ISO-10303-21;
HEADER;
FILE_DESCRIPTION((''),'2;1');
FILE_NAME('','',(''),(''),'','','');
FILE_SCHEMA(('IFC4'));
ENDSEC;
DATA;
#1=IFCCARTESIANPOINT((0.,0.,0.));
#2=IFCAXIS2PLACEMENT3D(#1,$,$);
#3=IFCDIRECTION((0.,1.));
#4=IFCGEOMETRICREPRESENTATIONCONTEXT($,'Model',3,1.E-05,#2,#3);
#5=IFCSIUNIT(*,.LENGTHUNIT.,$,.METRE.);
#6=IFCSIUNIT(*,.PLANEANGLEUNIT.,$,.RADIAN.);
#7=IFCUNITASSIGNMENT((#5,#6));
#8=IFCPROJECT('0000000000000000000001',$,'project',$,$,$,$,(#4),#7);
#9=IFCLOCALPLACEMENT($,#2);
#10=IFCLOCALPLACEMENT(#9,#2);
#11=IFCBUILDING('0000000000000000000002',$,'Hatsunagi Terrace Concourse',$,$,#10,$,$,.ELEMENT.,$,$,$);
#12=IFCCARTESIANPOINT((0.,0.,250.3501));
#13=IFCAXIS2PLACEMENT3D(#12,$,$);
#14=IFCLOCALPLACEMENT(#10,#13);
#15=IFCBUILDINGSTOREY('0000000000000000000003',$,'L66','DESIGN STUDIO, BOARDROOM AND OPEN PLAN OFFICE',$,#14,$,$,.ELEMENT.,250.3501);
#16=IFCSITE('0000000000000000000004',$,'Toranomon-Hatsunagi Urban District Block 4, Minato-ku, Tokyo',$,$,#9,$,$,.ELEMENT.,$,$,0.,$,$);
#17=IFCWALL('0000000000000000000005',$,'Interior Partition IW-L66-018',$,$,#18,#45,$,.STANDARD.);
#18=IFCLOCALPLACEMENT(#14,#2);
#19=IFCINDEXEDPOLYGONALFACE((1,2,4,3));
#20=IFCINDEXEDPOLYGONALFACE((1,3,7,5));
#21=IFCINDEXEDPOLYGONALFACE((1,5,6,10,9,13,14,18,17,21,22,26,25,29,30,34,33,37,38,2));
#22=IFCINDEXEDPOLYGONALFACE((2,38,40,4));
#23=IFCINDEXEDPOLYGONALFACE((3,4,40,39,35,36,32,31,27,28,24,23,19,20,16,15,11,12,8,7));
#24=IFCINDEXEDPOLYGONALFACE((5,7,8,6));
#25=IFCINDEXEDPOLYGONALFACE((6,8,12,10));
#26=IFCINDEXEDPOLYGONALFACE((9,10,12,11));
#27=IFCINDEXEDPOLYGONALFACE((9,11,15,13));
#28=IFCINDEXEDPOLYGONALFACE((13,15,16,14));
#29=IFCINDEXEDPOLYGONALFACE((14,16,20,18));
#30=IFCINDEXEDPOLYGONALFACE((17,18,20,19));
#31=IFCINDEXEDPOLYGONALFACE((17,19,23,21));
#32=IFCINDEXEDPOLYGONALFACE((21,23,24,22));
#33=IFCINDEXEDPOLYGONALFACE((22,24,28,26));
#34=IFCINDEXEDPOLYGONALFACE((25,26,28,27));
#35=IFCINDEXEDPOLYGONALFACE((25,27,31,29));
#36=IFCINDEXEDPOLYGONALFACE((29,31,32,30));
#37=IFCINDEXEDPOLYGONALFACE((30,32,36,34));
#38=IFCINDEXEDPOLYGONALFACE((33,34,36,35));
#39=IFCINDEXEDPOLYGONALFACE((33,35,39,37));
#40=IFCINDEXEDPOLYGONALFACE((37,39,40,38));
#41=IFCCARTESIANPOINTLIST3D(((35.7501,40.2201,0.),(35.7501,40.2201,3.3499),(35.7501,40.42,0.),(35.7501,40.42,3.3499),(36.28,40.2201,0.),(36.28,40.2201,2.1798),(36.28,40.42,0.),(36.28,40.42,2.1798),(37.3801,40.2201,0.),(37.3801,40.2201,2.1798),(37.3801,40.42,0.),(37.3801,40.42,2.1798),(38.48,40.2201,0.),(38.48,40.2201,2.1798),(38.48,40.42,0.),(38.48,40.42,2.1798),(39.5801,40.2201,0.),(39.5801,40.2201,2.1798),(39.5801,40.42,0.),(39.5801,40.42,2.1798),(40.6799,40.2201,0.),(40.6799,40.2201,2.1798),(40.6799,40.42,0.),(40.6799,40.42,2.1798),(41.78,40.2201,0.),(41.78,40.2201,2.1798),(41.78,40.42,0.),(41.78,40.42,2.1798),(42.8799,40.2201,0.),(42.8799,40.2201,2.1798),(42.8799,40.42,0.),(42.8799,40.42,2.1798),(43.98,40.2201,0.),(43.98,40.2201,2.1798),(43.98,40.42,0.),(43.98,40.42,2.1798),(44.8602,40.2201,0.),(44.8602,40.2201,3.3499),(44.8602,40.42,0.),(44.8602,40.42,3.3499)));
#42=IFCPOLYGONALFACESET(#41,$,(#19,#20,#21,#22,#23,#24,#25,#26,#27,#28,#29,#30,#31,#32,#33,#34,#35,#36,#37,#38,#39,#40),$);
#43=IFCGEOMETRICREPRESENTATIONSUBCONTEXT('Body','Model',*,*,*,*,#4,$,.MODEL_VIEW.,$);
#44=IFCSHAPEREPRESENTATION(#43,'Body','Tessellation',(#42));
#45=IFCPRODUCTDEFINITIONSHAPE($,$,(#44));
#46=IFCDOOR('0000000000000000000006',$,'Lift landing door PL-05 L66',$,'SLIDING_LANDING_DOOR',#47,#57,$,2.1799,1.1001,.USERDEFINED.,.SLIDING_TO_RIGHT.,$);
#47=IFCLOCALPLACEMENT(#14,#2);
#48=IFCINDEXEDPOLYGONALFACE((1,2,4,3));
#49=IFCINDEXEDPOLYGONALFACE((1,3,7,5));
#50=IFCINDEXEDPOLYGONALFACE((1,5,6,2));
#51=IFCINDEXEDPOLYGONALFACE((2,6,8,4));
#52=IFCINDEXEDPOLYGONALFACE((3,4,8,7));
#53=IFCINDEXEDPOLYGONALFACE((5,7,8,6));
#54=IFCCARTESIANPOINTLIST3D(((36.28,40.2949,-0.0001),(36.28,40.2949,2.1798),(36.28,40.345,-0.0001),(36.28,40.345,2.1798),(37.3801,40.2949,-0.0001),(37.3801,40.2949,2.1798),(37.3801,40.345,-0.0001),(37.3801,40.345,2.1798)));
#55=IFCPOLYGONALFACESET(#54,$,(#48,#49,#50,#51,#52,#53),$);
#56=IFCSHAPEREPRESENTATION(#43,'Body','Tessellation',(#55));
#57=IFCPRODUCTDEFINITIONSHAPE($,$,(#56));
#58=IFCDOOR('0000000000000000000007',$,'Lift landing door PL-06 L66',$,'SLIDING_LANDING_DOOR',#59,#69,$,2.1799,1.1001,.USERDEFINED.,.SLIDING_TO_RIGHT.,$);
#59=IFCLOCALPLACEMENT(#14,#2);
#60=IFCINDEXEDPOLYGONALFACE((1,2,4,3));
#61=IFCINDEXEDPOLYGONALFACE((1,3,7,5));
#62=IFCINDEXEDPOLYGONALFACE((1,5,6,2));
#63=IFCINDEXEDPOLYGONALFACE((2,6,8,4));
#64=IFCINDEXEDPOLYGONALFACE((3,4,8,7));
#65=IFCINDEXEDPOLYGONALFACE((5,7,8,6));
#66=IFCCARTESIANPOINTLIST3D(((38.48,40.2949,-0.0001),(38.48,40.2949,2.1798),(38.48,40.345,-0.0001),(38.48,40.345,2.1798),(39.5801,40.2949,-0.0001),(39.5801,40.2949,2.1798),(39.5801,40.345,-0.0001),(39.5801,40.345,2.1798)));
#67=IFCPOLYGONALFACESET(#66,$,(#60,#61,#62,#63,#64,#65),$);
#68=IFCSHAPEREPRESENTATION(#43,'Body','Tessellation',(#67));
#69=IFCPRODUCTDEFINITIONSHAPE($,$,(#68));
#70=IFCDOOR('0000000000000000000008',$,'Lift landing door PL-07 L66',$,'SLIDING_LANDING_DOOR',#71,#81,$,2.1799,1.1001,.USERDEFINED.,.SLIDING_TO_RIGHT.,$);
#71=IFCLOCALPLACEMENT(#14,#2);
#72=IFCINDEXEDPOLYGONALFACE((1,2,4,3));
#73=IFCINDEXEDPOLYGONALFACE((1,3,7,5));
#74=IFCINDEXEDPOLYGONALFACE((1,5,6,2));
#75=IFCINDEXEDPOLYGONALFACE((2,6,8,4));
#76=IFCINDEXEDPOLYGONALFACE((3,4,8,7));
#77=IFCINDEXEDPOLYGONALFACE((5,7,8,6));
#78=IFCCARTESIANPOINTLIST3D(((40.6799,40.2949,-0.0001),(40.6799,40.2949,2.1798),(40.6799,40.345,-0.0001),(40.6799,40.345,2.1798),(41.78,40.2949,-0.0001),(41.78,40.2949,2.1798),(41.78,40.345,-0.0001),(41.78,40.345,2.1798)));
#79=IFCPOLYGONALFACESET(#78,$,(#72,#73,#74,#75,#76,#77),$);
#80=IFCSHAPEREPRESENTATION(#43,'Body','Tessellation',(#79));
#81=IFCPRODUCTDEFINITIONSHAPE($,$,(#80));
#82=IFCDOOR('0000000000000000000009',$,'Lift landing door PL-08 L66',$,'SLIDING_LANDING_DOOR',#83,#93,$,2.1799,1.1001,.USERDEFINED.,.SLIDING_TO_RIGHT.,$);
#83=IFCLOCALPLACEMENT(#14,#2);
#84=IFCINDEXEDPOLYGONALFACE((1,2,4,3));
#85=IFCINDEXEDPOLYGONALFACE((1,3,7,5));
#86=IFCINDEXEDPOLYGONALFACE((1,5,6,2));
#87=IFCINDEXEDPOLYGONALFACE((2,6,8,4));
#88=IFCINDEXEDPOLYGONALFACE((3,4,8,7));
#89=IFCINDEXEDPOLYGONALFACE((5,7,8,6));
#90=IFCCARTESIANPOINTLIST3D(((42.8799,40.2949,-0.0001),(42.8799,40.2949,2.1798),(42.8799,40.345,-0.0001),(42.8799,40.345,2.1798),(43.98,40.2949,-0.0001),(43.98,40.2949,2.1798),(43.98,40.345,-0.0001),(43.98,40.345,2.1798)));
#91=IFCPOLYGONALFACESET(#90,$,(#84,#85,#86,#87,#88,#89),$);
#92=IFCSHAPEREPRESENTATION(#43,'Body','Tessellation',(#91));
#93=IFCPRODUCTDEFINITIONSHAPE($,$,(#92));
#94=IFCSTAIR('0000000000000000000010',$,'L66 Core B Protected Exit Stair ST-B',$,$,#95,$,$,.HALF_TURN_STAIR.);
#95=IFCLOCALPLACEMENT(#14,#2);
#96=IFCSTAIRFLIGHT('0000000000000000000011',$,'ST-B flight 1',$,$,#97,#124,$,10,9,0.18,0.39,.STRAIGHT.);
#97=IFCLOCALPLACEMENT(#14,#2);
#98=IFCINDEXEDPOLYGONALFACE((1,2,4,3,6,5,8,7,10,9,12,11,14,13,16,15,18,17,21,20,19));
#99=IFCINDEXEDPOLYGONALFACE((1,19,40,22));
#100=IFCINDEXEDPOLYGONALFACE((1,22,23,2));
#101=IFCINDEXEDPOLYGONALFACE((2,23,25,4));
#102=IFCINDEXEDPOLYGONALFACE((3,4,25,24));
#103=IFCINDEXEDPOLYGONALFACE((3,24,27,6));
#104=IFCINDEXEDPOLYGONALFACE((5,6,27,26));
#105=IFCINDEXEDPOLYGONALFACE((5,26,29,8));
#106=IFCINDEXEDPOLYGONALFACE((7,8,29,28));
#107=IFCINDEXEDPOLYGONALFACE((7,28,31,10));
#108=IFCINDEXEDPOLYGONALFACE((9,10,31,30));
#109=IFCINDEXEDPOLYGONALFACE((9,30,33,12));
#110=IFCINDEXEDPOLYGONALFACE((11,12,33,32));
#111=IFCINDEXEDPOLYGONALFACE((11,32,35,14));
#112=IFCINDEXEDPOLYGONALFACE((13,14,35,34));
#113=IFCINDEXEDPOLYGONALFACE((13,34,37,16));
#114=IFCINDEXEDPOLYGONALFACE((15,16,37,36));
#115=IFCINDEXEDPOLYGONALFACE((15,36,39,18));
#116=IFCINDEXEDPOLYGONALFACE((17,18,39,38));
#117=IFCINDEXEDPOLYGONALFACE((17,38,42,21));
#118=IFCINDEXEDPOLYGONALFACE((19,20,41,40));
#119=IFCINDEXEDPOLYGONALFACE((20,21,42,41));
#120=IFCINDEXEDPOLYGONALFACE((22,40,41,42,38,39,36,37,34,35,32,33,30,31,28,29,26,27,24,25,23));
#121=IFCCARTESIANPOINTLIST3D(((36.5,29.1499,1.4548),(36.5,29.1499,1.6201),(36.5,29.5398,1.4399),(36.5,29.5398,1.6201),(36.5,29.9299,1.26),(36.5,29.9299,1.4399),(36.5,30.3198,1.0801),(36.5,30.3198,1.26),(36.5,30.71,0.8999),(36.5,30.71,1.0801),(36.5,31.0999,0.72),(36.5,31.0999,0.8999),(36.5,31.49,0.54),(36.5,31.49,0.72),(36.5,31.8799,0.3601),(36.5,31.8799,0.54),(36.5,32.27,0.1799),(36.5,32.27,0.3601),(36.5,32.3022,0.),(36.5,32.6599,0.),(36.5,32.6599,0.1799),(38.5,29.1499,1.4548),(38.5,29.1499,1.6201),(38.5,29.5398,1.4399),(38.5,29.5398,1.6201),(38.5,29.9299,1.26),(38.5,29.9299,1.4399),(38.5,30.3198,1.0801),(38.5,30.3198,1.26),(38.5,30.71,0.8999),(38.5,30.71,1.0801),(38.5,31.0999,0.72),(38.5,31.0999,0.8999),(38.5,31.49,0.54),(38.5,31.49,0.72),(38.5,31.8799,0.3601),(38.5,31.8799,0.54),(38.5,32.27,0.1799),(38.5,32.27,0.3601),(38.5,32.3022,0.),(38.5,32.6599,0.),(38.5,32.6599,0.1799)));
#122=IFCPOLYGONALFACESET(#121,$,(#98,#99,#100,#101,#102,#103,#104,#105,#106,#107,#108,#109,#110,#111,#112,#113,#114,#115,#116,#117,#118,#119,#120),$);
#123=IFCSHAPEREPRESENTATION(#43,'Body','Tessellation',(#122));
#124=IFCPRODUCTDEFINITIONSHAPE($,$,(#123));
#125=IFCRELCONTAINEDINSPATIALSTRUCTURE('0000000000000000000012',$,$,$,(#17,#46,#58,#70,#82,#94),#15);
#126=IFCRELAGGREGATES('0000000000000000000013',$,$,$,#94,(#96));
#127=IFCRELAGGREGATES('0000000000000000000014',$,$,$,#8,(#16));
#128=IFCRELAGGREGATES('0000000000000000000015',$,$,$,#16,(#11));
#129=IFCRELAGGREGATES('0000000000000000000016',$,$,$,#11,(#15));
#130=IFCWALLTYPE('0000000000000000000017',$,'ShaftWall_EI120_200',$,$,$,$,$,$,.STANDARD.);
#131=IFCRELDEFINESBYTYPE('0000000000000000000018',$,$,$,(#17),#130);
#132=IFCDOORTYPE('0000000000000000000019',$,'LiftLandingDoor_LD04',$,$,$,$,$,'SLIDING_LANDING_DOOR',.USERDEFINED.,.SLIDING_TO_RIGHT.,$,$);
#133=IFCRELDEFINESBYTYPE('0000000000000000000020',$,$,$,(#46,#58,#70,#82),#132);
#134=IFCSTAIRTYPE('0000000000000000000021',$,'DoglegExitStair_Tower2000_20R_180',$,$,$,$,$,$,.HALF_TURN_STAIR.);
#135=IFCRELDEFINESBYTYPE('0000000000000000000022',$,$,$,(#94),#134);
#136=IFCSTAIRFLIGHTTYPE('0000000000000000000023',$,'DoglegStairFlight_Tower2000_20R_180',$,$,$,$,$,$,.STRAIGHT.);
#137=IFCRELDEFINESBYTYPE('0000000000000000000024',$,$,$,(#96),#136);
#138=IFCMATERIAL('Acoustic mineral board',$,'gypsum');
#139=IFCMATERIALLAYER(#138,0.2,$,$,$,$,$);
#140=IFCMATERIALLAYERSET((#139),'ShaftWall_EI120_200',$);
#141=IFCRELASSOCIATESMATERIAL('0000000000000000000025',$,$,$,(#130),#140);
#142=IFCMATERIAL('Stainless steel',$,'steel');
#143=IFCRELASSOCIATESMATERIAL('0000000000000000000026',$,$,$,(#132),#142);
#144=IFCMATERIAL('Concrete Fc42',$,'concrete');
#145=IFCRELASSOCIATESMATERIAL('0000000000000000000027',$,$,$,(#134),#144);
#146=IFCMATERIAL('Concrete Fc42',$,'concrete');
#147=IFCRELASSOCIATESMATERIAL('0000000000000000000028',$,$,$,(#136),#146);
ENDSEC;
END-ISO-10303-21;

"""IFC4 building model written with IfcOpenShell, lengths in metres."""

from ifc_helpers import new_model, si_unit, direction, frame, frame_2d, origin, place, context, subcontext, project, spatial, polyline, rectangle, outline, extrude, material, layer, layer_set, type_object, element, fill, aggregate, save


model = new_model("IFC4")

# Units and contexts
model_context = context("Model", 3, precision=1e-05, world=origin(), true_north=direction((0.0, 1.0)))
body_context = subcontext(model_context, "Body", "Model", "MODEL_VIEW")
ifc_project = project(units=[si_unit("LENGTHUNIT", "METRE"), si_unit("PLANEANGLEUNIT", "RADIAN")], contexts=[model_context])

# Site, building, storey
site_placement = place(None, origin())
site = spatial("IfcSite", under=ifc_project, at=site_placement, Name="Toranomon-Hatsunagi Urban District Block 4, Minato-ku, Tokyo", CompositionType="ELEMENT", RefElevation=0.0)
building_placement = place(site_placement, origin())
building = spatial("IfcBuilding", under=site, at=building_placement, Name="Hatsunagi Terrace Concourse", CompositionType="ELEMENT")
storey_placement = place(building_placement, frame((0.0, 0.0, 250.3501)))
storey = spatial("IfcBuildingStorey", under=building, at=storey_placement, Name="L66", Description="DESIGN STUDIO, BOARDROOM AND OPEN PLAN OFFICE", CompositionType="ELEMENT", Elevation=250.3501)

# Shared definitions
ifc_material_1 = material(Name="Acoustic mineral board", Category="gypsum")
ifc_layer_1 = layer(ifc_material_1, 0.2)
ifc_layer_set_1 = layer_set([ifc_layer_1], Name="ShaftWall_EI120_200")
wall_type_1 = type_object("IfcWallType", Name="ShaftWall_EI120_200", PredefinedType="STANDARD", material=ifc_layer_set_1)

# Wall, openings, doors
wall_1_placement = place(storey_placement, frame((35.75, 40.3201, 0.0), z_axis=(0.0, 0.0, 1.0), x_axis=(1.0, 0.0, 0.0)))
wall_1 = element("IfcWall", 1, at=wall_1_placement, inside=storey, type_object=wall_type_1, Name="Interior Partition IW-L66-018", PredefinedType="STANDARD", context=body_context, shape_type="SweptSolid", body=[
    extrude(rectangle(XDim=9.1101, YDim=0.2, at=frame_2d((4.5552, 0.0))), origin(), (0.0, 0.0, 1.0), 3.3499),
])
opening_1_placement = place(wall_1_placement, frame((0.53, 0.0, 0.0)))
opening_1 = element("IfcOpeningElement", 2, at=opening_1_placement, cuts=wall_1, PredefinedType="OPENING", context=body_context, shape_type="SweptSolid", body=[
    extrude(rectangle(XDim=1.1001, YDim=2.1799, at=frame_2d((0.55, 1.0898))), frame((0.0, 0.1099, 0.0), z_axis=(0.0, -1.0, 0.0), x_axis=(1.0, 0.0, 0.0)), (0.0, 0.0, 1.0), 0.22),
])
opening_2_placement = place(wall_1_placement, frame((2.73, 0.0, 0.0)))
opening_2 = element("IfcOpeningElement", 3, at=opening_2_placement, cuts=wall_1, PredefinedType="OPENING", context=body_context, shape_type="SweptSolid", body=[
    extrude(rectangle(XDim=1.1001, YDim=2.1799, at=frame_2d((0.55, 1.0898))), frame((0.0, 0.1099, 0.0), z_axis=(0.0, -1.0, 0.0), x_axis=(1.0, 0.0, 0.0)), (0.0, 0.0, 1.0), 0.22),
])
opening_3_placement = place(wall_1_placement, frame((4.9299, 0.0, 0.0)))
opening_3 = element("IfcOpeningElement", 4, at=opening_3_placement, cuts=wall_1, PredefinedType="OPENING", context=body_context, shape_type="SweptSolid", body=[
    extrude(rectangle(XDim=1.1001, YDim=2.1799, at=frame_2d((0.55, 1.0898))), frame((0.0, 0.1099, 0.0), z_axis=(0.0, -1.0, 0.0), x_axis=(1.0, 0.0, 0.0)), (0.0, 0.0, 1.0), 0.22),
])
opening_4_placement = place(wall_1_placement, frame((7.1299, 0.0, 0.0)))
opening_4 = element("IfcOpeningElement", 5, at=opening_4_placement, cuts=wall_1, PredefinedType="OPENING", context=body_context, shape_type="SweptSolid", body=[
    extrude(rectangle(XDim=1.1001, YDim=2.1799, at=frame_2d((0.55, 1.0898))), frame((0.0, 0.1099, 0.0), z_axis=(0.0, -1.0, 0.0), x_axis=(1.0, 0.0, 0.0)), (0.0, 0.0, 1.0), 0.22),
])
ifc_material_2 = material(Name="Stainless steel", Category="steel")
door_type_1 = type_object("IfcDoorType", Name="LiftLandingDoor_LD04", ElementType="SLIDING_LANDING_DOOR", OperationType="SLIDING_TO_RIGHT", PredefinedType="USERDEFINED", material=ifc_material_2)
door_1_placement = place(opening_1_placement, origin())
door_1 = element("IfcDoor", 6, at=door_1_placement, inside=storey, type_object=door_type_1, Name="Lift landing door PL-05 L66", ObjectType="SLIDING_LANDING_DOOR", OperationType="SLIDING_TO_RIGHT", OverallHeight=2.1799, OverallWidth=1.1001, PredefinedType="USERDEFINED", context=body_context, shape_type="SweptSolid", body=[
    extrude(rectangle(XDim=1.1001, YDim=2.1799, at=frame_2d((0.55, 1.0898))), frame((0.0, 0.0249, 0.0), z_axis=(0.0, -1.0, 0.0), x_axis=(1.0, 0.0, 0.0)), (0.0, 0.0, 1.0), 0.05),
])
fill(opening_1, door_1)
door_2_placement = place(opening_2_placement, origin())
door_2 = element("IfcDoor", 7, at=door_2_placement, inside=storey, type_object=door_type_1, Name="Lift landing door PL-06 L66", ObjectType="SLIDING_LANDING_DOOR", OperationType="SLIDING_TO_RIGHT", OverallHeight=2.1799, OverallWidth=1.1001, PredefinedType="USERDEFINED", context=body_context, shape_type="SweptSolid", body=[
    extrude(rectangle(XDim=1.1001, YDim=2.1799, at=frame_2d((0.55, 1.0898))), frame((0.0, 0.0249, 0.0), z_axis=(0.0, -1.0, 0.0), x_axis=(1.0, 0.0, 0.0)), (0.0, 0.0, 1.0), 0.05),
])
fill(opening_2, door_2)
door_3_placement = place(opening_3_placement, origin())
door_3 = element("IfcDoor", 8, at=door_3_placement, inside=storey, type_object=door_type_1, Name="Lift landing door PL-07 L66", ObjectType="SLIDING_LANDING_DOOR", OperationType="SLIDING_TO_RIGHT", OverallHeight=2.1799, OverallWidth=1.1001, PredefinedType="USERDEFINED", context=body_context, shape_type="SweptSolid", body=[
    extrude(rectangle(XDim=1.1001, YDim=2.1799, at=frame_2d((0.55, 1.0898))), frame((0.0, 0.0249, 0.0), z_axis=(0.0, -1.0, 0.0), x_axis=(1.0, 0.0, 0.0)), (0.0, 0.0, 1.0), 0.05),
])
fill(opening_3, door_3)
door_4_placement = place(opening_4_placement, origin())
door_4 = element("IfcDoor", 9, at=door_4_placement, inside=storey, type_object=door_type_1, Name="Lift landing door PL-08 L66", ObjectType="SLIDING_LANDING_DOOR", OperationType="SLIDING_TO_RIGHT", OverallHeight=2.1799, OverallWidth=1.1001, PredefinedType="USERDEFINED", context=body_context, shape_type="SweptSolid", body=[
    extrude(rectangle(XDim=1.1001, YDim=2.1799, at=frame_2d((0.55, 1.0898))), frame((0.0, 0.0249, 0.0), z_axis=(0.0, -1.0, 0.0), x_axis=(1.0, 0.0, 0.0)), (0.0, 0.0, 1.0), 0.05),
])
fill(opening_4, door_4)

# Stair, stair flight
ifc_material_3 = material(Name="Concrete Fc42", Category="concrete")
stair_type = type_object("IfcStairType", Name="DoglegExitStair_Tower2000_20R_180", PredefinedType="HALF_TURN_STAIR", material=ifc_material_3)
stair_placement = place(storey_placement, origin())
stair = element("IfcStair", 10, at=stair_placement, inside=storey, type_object=stair_type, Name="L66 Core B Protected Exit Stair ST-B", PredefinedType="HALF_TURN_STAIR")
ifc_material_4 = material(Name="Concrete Fc42", Category="concrete")
stair_flight_type = type_object("IfcStairFlightType", Name="DoglegStairFlight_Tower2000_20R_180", PredefinedType="STRAIGHT", material=ifc_material_4)
stair_flight_placement = place(storey_placement, frame((37.5, 32.6599, 0.0), z_axis=(0.0, 0.0, 1.0), x_axis=(0.0, -1.0, 0.0)))
stair_flight = element("IfcStairFlight", 11, at=stair_flight_placement, type_object=stair_flight_type, Name="ST-B flight 1", NumberOfRisers=10, NumberOfTreads=9, PredefinedType="STRAIGHT", RiserHeight=0.18, TreadLength=0.39, context=body_context, shape_type="SweptSolid", body=[
    extrude(outline(polyline([(0.0, 0.0), (0.0, 0.1799), (0.3899, 0.1799), (0.3899, 0.3601), (0.78, 0.3601), (0.78, 0.54), (1.1699, 0.54), (1.1699, 0.72), (1.5601, 0.72), (1.5601, 0.8999), (1.95, 0.8999), (1.95, 1.0801), (2.3401, 1.0801), (2.3401, 1.26), (2.73, 1.26), (2.73, 1.4399), (3.1201, 1.4399), (3.1201, 1.6201), (3.51, 1.6201), (3.51, 1.8), (3.51, 1.4548), (0.3577, 0.0), (0.0, 0.0)])), frame((0.0, 1.0, 0.0), z_axis=(0.0, -1.0, 0.0), x_axis=(1.0, 0.0, 0.0)), (0.0, 0.0, 1.0), 2.0),
])
aggregate(stair, [stair_flight])

save(model, "model.ifc")
